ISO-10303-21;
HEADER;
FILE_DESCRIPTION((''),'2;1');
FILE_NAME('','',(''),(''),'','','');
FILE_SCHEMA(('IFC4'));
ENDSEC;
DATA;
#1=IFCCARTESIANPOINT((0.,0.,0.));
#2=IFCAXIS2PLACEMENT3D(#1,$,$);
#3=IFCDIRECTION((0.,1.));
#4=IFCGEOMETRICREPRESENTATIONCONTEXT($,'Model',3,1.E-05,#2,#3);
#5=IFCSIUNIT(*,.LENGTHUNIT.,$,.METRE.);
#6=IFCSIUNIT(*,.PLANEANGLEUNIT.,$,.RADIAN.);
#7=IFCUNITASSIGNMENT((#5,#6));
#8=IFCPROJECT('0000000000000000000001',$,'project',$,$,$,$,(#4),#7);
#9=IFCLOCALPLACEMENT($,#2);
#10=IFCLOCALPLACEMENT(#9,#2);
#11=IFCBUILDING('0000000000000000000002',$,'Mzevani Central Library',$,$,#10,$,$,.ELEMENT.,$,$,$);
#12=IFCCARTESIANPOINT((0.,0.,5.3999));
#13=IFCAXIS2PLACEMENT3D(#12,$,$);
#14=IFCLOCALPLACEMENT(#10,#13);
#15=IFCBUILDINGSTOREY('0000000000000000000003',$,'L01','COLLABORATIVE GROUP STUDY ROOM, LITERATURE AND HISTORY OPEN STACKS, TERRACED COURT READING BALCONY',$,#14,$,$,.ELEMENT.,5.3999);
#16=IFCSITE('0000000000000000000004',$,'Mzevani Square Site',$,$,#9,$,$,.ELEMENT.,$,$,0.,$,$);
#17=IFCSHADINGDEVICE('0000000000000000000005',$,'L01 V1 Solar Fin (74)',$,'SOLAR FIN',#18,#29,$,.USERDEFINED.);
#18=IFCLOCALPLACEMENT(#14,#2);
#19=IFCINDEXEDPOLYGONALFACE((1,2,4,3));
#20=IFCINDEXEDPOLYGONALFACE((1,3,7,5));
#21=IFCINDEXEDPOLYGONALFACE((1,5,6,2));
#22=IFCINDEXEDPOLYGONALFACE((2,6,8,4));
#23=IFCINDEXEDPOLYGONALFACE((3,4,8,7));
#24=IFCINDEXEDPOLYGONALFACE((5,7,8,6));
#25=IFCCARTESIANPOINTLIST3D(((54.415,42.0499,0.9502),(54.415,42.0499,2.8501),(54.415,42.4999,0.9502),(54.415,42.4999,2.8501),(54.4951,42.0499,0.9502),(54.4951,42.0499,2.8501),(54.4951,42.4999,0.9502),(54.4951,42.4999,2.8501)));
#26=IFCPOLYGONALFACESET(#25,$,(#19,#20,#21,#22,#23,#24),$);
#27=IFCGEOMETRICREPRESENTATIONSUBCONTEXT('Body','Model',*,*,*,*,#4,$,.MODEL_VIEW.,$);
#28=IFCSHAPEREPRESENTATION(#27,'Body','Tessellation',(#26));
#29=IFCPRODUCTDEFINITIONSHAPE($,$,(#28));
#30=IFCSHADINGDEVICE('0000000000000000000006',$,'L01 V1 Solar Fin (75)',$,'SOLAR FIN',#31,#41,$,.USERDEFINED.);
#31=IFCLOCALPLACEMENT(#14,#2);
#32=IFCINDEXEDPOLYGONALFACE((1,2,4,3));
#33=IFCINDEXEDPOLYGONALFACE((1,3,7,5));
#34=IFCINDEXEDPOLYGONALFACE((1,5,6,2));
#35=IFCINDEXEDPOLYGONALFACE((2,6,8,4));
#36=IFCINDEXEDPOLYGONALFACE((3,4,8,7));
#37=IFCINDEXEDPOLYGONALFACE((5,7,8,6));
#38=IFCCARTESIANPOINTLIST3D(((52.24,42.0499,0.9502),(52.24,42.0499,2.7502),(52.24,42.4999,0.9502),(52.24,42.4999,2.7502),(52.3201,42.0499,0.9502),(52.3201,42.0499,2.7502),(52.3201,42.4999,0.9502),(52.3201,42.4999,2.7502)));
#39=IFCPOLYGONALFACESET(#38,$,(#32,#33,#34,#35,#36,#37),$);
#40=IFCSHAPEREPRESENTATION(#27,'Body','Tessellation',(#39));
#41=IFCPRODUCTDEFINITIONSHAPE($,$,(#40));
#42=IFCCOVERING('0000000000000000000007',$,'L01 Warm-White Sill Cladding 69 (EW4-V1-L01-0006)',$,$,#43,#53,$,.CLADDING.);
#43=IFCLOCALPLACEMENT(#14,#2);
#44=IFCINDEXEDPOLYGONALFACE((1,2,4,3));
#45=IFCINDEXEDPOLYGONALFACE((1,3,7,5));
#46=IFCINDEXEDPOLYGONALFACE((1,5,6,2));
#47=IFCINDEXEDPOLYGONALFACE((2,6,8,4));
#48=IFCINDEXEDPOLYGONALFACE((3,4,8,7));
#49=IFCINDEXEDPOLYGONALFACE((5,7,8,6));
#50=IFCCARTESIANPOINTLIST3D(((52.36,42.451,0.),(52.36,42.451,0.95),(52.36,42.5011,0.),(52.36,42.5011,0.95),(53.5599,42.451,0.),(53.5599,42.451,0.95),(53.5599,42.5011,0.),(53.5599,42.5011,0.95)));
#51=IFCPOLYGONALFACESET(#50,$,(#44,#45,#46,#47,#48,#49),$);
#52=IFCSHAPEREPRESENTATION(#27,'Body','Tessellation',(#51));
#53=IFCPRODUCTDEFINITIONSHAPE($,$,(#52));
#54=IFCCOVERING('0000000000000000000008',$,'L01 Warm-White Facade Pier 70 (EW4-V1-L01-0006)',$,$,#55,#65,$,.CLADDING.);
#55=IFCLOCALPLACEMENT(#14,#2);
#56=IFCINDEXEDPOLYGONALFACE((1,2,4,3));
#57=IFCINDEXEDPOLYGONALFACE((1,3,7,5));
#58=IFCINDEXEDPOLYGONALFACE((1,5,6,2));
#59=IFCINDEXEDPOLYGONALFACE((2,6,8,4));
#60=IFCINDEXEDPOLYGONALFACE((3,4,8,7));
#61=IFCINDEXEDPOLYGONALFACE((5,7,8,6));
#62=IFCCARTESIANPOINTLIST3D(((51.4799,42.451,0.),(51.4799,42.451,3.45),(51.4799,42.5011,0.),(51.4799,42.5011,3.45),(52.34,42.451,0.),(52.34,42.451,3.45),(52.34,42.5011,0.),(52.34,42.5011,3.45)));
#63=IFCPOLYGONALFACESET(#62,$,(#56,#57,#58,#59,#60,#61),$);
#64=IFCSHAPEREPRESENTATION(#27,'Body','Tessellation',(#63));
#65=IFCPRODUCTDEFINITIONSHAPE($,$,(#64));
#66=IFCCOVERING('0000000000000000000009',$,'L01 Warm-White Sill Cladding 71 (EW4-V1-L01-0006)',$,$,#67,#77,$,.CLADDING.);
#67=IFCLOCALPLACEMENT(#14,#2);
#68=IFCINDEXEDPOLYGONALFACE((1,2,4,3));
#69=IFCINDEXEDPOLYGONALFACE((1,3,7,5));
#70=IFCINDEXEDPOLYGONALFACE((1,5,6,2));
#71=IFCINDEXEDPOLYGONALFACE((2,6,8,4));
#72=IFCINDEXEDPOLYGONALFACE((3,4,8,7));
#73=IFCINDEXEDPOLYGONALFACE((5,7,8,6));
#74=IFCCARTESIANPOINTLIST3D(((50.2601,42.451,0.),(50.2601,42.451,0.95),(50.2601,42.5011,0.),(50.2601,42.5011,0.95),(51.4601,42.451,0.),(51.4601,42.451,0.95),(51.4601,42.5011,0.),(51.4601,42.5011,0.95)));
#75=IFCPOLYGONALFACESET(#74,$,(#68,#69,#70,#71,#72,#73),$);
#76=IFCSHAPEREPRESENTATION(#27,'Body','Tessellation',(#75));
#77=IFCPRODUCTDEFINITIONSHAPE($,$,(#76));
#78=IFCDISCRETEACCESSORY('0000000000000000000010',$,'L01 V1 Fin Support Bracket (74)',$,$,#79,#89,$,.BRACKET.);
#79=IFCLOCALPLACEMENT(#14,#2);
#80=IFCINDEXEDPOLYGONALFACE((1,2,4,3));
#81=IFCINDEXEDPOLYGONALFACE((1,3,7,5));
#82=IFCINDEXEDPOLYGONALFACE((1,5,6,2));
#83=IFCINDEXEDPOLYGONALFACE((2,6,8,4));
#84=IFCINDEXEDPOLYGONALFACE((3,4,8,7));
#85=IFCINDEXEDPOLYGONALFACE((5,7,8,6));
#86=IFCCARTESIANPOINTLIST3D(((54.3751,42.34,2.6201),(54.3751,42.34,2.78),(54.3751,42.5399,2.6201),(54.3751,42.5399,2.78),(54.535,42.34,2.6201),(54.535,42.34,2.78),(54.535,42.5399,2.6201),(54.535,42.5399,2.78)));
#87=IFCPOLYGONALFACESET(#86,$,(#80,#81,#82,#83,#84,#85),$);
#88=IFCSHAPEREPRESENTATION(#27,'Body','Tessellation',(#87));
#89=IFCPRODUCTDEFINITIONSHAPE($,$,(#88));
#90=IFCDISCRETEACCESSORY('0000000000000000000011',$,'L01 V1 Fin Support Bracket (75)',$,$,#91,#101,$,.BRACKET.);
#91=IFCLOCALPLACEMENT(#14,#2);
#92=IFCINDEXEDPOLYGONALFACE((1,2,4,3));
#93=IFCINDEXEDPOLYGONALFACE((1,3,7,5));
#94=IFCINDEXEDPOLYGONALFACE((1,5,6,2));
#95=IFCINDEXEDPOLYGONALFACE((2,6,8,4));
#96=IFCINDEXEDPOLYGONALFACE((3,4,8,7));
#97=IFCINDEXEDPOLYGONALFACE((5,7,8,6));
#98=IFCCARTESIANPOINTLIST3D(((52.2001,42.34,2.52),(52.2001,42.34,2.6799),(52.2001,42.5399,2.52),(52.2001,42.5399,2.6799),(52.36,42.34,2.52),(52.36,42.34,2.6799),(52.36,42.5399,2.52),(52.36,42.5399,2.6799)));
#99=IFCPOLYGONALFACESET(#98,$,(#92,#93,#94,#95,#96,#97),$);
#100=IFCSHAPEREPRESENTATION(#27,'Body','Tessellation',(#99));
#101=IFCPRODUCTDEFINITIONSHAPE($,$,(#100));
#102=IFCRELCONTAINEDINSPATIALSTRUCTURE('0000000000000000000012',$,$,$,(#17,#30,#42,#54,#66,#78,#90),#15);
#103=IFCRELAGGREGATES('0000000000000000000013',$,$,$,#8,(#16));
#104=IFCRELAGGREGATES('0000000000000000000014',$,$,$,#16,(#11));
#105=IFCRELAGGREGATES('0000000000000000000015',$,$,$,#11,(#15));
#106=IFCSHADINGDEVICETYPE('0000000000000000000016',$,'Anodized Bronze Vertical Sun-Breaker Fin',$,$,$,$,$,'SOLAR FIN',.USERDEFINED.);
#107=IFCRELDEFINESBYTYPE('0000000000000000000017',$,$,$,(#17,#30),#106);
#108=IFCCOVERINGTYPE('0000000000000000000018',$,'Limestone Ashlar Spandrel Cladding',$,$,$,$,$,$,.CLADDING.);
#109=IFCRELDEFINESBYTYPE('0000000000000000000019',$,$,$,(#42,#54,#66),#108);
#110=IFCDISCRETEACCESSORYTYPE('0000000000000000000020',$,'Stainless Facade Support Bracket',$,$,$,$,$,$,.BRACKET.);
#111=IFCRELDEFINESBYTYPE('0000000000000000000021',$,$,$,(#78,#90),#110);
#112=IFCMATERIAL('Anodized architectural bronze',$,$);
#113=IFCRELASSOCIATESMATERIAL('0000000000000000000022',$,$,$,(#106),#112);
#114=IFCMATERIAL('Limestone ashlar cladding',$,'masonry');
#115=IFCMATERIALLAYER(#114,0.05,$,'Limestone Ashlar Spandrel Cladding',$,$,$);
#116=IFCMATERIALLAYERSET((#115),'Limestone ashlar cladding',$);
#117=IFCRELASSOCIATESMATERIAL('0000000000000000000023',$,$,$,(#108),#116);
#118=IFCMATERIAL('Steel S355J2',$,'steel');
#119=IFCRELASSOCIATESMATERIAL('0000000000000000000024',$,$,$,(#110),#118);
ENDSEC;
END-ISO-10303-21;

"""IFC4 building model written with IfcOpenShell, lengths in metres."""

from ifc_helpers import new_model, si_unit, direction, frame, origin, origin_2d, place, context, subcontext, project, spatial, rectangle, extrude, material, layer, layer_set, type_object, element, save


model = new_model("IFC4")

# Units and contexts
model_context = context("Model", 3, precision=1e-05, world=origin(), true_north=direction((0.0, 1.0)))
body_context = subcontext(model_context, "Body", "Model", "MODEL_VIEW")
ifc_project = project(units=[si_unit("LENGTHUNIT", "METRE"), si_unit("PLANEANGLEUNIT", "RADIAN")], contexts=[model_context])

# Site, building, storey
site_placement = place(None, origin())
site = spatial("IfcSite", under=ifc_project, at=site_placement, Name="Mzevani Square Site", CompositionType="ELEMENT", RefElevation=0.0)
building_placement = place(site_placement, origin())
building = spatial("IfcBuilding", under=site, at=building_placement, Name="Mzevani Central Library", CompositionType="ELEMENT")
storey_placement = place(building_placement, frame((0.0, 0.0, 5.3999)))
storey = spatial("IfcBuildingStorey", under=building, at=storey_placement, Name="L01", Description="COLLABORATIVE GROUP STUDY ROOM, LITERATURE AND HISTORY OPEN STACKS, TERRACED COURT READING BALCONY", CompositionType="ELEMENT", Elevation=5.3999)

# Shading devices
ifc_material_1 = material(Name="Anodized architectural bronze")
shading_device_type = type_object("IfcShadingDeviceType", Name="Anodized Bronze Vertical Sun-Breaker Fin", ElementType="SOLAR FIN", PredefinedType="USERDEFINED", material=ifc_material_1)
shading_device_1_placement = place(storey_placement, frame((54.4551, 42.2749, 0.9502), z_axis=(0.0, 0.0, 1.0), x_axis=(-1.0, 0.0, 0.0)))
element("IfcShadingDevice", 1, at=shading_device_1_placement, inside=storey, type_object=shading_device_type, Name="L01 V1 Solar Fin (74)", ObjectType="SOLAR FIN", PredefinedType="USERDEFINED", context=body_context, shape_type="SweptSolid", body=[
    extrude(rectangle(XDim=0.0801, YDim=0.45, at=origin_2d()), origin(), (0.0, 0.0, 1.0), 1.8999),
])
shading_device_2_placement = place(storey_placement, frame((52.28, 42.2749, 0.9502), z_axis=(0.0, 0.0, 1.0), x_axis=(-1.0, 0.0, 0.0)))
element("IfcShadingDevice", 2, at=shading_device_2_placement, inside=storey, type_object=shading_device_type, Name="L01 V1 Solar Fin (75)", ObjectType="SOLAR FIN", PredefinedType="USERDEFINED", context=body_context, shape_type="SweptSolid", body=[
    extrude(rectangle(XDim=0.0801, YDim=0.45, at=origin_2d()), origin(), (0.0, 0.0, 1.0), 1.8),
])

# Coverings
ifc_material_2 = material(Name="Limestone ashlar cladding", Category="masonry")
ifc_layer_1 = layer(ifc_material_2, 0.05, Name="Limestone Ashlar Spandrel Cladding")
ifc_layer_set_1 = layer_set([ifc_layer_1], Name="Limestone ashlar cladding")
covering_type = type_object("IfcCoveringType", Name="Limestone Ashlar Spandrel Cladding", PredefinedType="CLADDING", material=ifc_layer_set_1)
covering_1_placement = place(storey_placement, frame((52.96, 42.4761, 0.0), z_axis=(0.0, 0.0, 1.0), x_axis=(-1.0, 0.0, 0.0)))
element("IfcCovering", 3, at=covering_1_placement, inside=storey, type_object=covering_type, Name="L01 Warm-White Sill Cladding 69 (EW4-V1-L01-0006)", PredefinedType="CLADDING", context=body_context, shape_type="SweptSolid", body=[
    extrude(rectangle(XDim=1.2, YDim=0.05, at=origin_2d()), origin(), (0.0, 0.0, 1.0), 0.95),
])
covering_2_placement = place(storey_placement, frame((51.9099, 42.4761, 0.0), z_axis=(0.0, 0.0, 1.0), x_axis=(-1.0, 0.0, 0.0)))
element("IfcCovering", 4, at=covering_2_placement, inside=storey, type_object=covering_type, Name="L01 Warm-White Facade Pier 70 (EW4-V1-L01-0006)", PredefinedType="CLADDING", context=body_context, shape_type="SweptSolid", body=[
    extrude(rectangle(XDim=0.8601, YDim=0.05, at=origin_2d()), origin(), (0.0, 0.0, 1.0), 3.45),
])
covering_3_placement = place(storey_placement, frame((50.8601, 42.4761, 0.0), z_axis=(0.0, 0.0, 1.0), x_axis=(-1.0, 0.0, 0.0)))
element("IfcCovering", 5, at=covering_3_placement, inside=storey, type_object=covering_type, Name="L01 Warm-White Sill Cladding 71 (EW4-V1-L01-0006)", PredefinedType="CLADDING", context=body_context, shape_type="SweptSolid", body=[
    extrude(rectangle(XDim=1.2, YDim=0.05, at=origin_2d()), origin(), (0.0, 0.0, 1.0), 0.95),
])

# Discrete accessories
ifc_material_3 = material(Name="Steel S355J2", Category="steel")
discrete_accessory_type = type_object("IfcDiscreteAccessoryType", Name="Stainless Facade Support Bracket", PredefinedType="BRACKET", material=ifc_material_3)
for number, where, z_axis, x_axis, name in (
    (6, (54.4551, 42.4399, 2.6201), (0.0, 0.0, 1.0), (-1.0, 0.0, 0.0), "L01 V1 Fin Support Bracket (74)"),
    (7, (52.28, 42.4399, 2.52), (0.0, 0.0, 1.0), (-1.0, 0.0, 0.0), "L01 V1 Fin Support Bracket (75)"),
):
    element("IfcDiscreteAccessory", number, at=place(storey_placement, frame(where, z_axis=z_axis, x_axis=x_axis)), inside=storey, type_object=discrete_accessory_type, Name=name, PredefinedType="BRACKET", context=body_context, shape_type="SweptSolid", body=[
        extrude(rectangle(XDim=0.1599, YDim=0.2, at=origin_2d()), origin(), (0.0, 0.0, 1.0), 0.1599),
    ])

save(model, "model.ifc")
